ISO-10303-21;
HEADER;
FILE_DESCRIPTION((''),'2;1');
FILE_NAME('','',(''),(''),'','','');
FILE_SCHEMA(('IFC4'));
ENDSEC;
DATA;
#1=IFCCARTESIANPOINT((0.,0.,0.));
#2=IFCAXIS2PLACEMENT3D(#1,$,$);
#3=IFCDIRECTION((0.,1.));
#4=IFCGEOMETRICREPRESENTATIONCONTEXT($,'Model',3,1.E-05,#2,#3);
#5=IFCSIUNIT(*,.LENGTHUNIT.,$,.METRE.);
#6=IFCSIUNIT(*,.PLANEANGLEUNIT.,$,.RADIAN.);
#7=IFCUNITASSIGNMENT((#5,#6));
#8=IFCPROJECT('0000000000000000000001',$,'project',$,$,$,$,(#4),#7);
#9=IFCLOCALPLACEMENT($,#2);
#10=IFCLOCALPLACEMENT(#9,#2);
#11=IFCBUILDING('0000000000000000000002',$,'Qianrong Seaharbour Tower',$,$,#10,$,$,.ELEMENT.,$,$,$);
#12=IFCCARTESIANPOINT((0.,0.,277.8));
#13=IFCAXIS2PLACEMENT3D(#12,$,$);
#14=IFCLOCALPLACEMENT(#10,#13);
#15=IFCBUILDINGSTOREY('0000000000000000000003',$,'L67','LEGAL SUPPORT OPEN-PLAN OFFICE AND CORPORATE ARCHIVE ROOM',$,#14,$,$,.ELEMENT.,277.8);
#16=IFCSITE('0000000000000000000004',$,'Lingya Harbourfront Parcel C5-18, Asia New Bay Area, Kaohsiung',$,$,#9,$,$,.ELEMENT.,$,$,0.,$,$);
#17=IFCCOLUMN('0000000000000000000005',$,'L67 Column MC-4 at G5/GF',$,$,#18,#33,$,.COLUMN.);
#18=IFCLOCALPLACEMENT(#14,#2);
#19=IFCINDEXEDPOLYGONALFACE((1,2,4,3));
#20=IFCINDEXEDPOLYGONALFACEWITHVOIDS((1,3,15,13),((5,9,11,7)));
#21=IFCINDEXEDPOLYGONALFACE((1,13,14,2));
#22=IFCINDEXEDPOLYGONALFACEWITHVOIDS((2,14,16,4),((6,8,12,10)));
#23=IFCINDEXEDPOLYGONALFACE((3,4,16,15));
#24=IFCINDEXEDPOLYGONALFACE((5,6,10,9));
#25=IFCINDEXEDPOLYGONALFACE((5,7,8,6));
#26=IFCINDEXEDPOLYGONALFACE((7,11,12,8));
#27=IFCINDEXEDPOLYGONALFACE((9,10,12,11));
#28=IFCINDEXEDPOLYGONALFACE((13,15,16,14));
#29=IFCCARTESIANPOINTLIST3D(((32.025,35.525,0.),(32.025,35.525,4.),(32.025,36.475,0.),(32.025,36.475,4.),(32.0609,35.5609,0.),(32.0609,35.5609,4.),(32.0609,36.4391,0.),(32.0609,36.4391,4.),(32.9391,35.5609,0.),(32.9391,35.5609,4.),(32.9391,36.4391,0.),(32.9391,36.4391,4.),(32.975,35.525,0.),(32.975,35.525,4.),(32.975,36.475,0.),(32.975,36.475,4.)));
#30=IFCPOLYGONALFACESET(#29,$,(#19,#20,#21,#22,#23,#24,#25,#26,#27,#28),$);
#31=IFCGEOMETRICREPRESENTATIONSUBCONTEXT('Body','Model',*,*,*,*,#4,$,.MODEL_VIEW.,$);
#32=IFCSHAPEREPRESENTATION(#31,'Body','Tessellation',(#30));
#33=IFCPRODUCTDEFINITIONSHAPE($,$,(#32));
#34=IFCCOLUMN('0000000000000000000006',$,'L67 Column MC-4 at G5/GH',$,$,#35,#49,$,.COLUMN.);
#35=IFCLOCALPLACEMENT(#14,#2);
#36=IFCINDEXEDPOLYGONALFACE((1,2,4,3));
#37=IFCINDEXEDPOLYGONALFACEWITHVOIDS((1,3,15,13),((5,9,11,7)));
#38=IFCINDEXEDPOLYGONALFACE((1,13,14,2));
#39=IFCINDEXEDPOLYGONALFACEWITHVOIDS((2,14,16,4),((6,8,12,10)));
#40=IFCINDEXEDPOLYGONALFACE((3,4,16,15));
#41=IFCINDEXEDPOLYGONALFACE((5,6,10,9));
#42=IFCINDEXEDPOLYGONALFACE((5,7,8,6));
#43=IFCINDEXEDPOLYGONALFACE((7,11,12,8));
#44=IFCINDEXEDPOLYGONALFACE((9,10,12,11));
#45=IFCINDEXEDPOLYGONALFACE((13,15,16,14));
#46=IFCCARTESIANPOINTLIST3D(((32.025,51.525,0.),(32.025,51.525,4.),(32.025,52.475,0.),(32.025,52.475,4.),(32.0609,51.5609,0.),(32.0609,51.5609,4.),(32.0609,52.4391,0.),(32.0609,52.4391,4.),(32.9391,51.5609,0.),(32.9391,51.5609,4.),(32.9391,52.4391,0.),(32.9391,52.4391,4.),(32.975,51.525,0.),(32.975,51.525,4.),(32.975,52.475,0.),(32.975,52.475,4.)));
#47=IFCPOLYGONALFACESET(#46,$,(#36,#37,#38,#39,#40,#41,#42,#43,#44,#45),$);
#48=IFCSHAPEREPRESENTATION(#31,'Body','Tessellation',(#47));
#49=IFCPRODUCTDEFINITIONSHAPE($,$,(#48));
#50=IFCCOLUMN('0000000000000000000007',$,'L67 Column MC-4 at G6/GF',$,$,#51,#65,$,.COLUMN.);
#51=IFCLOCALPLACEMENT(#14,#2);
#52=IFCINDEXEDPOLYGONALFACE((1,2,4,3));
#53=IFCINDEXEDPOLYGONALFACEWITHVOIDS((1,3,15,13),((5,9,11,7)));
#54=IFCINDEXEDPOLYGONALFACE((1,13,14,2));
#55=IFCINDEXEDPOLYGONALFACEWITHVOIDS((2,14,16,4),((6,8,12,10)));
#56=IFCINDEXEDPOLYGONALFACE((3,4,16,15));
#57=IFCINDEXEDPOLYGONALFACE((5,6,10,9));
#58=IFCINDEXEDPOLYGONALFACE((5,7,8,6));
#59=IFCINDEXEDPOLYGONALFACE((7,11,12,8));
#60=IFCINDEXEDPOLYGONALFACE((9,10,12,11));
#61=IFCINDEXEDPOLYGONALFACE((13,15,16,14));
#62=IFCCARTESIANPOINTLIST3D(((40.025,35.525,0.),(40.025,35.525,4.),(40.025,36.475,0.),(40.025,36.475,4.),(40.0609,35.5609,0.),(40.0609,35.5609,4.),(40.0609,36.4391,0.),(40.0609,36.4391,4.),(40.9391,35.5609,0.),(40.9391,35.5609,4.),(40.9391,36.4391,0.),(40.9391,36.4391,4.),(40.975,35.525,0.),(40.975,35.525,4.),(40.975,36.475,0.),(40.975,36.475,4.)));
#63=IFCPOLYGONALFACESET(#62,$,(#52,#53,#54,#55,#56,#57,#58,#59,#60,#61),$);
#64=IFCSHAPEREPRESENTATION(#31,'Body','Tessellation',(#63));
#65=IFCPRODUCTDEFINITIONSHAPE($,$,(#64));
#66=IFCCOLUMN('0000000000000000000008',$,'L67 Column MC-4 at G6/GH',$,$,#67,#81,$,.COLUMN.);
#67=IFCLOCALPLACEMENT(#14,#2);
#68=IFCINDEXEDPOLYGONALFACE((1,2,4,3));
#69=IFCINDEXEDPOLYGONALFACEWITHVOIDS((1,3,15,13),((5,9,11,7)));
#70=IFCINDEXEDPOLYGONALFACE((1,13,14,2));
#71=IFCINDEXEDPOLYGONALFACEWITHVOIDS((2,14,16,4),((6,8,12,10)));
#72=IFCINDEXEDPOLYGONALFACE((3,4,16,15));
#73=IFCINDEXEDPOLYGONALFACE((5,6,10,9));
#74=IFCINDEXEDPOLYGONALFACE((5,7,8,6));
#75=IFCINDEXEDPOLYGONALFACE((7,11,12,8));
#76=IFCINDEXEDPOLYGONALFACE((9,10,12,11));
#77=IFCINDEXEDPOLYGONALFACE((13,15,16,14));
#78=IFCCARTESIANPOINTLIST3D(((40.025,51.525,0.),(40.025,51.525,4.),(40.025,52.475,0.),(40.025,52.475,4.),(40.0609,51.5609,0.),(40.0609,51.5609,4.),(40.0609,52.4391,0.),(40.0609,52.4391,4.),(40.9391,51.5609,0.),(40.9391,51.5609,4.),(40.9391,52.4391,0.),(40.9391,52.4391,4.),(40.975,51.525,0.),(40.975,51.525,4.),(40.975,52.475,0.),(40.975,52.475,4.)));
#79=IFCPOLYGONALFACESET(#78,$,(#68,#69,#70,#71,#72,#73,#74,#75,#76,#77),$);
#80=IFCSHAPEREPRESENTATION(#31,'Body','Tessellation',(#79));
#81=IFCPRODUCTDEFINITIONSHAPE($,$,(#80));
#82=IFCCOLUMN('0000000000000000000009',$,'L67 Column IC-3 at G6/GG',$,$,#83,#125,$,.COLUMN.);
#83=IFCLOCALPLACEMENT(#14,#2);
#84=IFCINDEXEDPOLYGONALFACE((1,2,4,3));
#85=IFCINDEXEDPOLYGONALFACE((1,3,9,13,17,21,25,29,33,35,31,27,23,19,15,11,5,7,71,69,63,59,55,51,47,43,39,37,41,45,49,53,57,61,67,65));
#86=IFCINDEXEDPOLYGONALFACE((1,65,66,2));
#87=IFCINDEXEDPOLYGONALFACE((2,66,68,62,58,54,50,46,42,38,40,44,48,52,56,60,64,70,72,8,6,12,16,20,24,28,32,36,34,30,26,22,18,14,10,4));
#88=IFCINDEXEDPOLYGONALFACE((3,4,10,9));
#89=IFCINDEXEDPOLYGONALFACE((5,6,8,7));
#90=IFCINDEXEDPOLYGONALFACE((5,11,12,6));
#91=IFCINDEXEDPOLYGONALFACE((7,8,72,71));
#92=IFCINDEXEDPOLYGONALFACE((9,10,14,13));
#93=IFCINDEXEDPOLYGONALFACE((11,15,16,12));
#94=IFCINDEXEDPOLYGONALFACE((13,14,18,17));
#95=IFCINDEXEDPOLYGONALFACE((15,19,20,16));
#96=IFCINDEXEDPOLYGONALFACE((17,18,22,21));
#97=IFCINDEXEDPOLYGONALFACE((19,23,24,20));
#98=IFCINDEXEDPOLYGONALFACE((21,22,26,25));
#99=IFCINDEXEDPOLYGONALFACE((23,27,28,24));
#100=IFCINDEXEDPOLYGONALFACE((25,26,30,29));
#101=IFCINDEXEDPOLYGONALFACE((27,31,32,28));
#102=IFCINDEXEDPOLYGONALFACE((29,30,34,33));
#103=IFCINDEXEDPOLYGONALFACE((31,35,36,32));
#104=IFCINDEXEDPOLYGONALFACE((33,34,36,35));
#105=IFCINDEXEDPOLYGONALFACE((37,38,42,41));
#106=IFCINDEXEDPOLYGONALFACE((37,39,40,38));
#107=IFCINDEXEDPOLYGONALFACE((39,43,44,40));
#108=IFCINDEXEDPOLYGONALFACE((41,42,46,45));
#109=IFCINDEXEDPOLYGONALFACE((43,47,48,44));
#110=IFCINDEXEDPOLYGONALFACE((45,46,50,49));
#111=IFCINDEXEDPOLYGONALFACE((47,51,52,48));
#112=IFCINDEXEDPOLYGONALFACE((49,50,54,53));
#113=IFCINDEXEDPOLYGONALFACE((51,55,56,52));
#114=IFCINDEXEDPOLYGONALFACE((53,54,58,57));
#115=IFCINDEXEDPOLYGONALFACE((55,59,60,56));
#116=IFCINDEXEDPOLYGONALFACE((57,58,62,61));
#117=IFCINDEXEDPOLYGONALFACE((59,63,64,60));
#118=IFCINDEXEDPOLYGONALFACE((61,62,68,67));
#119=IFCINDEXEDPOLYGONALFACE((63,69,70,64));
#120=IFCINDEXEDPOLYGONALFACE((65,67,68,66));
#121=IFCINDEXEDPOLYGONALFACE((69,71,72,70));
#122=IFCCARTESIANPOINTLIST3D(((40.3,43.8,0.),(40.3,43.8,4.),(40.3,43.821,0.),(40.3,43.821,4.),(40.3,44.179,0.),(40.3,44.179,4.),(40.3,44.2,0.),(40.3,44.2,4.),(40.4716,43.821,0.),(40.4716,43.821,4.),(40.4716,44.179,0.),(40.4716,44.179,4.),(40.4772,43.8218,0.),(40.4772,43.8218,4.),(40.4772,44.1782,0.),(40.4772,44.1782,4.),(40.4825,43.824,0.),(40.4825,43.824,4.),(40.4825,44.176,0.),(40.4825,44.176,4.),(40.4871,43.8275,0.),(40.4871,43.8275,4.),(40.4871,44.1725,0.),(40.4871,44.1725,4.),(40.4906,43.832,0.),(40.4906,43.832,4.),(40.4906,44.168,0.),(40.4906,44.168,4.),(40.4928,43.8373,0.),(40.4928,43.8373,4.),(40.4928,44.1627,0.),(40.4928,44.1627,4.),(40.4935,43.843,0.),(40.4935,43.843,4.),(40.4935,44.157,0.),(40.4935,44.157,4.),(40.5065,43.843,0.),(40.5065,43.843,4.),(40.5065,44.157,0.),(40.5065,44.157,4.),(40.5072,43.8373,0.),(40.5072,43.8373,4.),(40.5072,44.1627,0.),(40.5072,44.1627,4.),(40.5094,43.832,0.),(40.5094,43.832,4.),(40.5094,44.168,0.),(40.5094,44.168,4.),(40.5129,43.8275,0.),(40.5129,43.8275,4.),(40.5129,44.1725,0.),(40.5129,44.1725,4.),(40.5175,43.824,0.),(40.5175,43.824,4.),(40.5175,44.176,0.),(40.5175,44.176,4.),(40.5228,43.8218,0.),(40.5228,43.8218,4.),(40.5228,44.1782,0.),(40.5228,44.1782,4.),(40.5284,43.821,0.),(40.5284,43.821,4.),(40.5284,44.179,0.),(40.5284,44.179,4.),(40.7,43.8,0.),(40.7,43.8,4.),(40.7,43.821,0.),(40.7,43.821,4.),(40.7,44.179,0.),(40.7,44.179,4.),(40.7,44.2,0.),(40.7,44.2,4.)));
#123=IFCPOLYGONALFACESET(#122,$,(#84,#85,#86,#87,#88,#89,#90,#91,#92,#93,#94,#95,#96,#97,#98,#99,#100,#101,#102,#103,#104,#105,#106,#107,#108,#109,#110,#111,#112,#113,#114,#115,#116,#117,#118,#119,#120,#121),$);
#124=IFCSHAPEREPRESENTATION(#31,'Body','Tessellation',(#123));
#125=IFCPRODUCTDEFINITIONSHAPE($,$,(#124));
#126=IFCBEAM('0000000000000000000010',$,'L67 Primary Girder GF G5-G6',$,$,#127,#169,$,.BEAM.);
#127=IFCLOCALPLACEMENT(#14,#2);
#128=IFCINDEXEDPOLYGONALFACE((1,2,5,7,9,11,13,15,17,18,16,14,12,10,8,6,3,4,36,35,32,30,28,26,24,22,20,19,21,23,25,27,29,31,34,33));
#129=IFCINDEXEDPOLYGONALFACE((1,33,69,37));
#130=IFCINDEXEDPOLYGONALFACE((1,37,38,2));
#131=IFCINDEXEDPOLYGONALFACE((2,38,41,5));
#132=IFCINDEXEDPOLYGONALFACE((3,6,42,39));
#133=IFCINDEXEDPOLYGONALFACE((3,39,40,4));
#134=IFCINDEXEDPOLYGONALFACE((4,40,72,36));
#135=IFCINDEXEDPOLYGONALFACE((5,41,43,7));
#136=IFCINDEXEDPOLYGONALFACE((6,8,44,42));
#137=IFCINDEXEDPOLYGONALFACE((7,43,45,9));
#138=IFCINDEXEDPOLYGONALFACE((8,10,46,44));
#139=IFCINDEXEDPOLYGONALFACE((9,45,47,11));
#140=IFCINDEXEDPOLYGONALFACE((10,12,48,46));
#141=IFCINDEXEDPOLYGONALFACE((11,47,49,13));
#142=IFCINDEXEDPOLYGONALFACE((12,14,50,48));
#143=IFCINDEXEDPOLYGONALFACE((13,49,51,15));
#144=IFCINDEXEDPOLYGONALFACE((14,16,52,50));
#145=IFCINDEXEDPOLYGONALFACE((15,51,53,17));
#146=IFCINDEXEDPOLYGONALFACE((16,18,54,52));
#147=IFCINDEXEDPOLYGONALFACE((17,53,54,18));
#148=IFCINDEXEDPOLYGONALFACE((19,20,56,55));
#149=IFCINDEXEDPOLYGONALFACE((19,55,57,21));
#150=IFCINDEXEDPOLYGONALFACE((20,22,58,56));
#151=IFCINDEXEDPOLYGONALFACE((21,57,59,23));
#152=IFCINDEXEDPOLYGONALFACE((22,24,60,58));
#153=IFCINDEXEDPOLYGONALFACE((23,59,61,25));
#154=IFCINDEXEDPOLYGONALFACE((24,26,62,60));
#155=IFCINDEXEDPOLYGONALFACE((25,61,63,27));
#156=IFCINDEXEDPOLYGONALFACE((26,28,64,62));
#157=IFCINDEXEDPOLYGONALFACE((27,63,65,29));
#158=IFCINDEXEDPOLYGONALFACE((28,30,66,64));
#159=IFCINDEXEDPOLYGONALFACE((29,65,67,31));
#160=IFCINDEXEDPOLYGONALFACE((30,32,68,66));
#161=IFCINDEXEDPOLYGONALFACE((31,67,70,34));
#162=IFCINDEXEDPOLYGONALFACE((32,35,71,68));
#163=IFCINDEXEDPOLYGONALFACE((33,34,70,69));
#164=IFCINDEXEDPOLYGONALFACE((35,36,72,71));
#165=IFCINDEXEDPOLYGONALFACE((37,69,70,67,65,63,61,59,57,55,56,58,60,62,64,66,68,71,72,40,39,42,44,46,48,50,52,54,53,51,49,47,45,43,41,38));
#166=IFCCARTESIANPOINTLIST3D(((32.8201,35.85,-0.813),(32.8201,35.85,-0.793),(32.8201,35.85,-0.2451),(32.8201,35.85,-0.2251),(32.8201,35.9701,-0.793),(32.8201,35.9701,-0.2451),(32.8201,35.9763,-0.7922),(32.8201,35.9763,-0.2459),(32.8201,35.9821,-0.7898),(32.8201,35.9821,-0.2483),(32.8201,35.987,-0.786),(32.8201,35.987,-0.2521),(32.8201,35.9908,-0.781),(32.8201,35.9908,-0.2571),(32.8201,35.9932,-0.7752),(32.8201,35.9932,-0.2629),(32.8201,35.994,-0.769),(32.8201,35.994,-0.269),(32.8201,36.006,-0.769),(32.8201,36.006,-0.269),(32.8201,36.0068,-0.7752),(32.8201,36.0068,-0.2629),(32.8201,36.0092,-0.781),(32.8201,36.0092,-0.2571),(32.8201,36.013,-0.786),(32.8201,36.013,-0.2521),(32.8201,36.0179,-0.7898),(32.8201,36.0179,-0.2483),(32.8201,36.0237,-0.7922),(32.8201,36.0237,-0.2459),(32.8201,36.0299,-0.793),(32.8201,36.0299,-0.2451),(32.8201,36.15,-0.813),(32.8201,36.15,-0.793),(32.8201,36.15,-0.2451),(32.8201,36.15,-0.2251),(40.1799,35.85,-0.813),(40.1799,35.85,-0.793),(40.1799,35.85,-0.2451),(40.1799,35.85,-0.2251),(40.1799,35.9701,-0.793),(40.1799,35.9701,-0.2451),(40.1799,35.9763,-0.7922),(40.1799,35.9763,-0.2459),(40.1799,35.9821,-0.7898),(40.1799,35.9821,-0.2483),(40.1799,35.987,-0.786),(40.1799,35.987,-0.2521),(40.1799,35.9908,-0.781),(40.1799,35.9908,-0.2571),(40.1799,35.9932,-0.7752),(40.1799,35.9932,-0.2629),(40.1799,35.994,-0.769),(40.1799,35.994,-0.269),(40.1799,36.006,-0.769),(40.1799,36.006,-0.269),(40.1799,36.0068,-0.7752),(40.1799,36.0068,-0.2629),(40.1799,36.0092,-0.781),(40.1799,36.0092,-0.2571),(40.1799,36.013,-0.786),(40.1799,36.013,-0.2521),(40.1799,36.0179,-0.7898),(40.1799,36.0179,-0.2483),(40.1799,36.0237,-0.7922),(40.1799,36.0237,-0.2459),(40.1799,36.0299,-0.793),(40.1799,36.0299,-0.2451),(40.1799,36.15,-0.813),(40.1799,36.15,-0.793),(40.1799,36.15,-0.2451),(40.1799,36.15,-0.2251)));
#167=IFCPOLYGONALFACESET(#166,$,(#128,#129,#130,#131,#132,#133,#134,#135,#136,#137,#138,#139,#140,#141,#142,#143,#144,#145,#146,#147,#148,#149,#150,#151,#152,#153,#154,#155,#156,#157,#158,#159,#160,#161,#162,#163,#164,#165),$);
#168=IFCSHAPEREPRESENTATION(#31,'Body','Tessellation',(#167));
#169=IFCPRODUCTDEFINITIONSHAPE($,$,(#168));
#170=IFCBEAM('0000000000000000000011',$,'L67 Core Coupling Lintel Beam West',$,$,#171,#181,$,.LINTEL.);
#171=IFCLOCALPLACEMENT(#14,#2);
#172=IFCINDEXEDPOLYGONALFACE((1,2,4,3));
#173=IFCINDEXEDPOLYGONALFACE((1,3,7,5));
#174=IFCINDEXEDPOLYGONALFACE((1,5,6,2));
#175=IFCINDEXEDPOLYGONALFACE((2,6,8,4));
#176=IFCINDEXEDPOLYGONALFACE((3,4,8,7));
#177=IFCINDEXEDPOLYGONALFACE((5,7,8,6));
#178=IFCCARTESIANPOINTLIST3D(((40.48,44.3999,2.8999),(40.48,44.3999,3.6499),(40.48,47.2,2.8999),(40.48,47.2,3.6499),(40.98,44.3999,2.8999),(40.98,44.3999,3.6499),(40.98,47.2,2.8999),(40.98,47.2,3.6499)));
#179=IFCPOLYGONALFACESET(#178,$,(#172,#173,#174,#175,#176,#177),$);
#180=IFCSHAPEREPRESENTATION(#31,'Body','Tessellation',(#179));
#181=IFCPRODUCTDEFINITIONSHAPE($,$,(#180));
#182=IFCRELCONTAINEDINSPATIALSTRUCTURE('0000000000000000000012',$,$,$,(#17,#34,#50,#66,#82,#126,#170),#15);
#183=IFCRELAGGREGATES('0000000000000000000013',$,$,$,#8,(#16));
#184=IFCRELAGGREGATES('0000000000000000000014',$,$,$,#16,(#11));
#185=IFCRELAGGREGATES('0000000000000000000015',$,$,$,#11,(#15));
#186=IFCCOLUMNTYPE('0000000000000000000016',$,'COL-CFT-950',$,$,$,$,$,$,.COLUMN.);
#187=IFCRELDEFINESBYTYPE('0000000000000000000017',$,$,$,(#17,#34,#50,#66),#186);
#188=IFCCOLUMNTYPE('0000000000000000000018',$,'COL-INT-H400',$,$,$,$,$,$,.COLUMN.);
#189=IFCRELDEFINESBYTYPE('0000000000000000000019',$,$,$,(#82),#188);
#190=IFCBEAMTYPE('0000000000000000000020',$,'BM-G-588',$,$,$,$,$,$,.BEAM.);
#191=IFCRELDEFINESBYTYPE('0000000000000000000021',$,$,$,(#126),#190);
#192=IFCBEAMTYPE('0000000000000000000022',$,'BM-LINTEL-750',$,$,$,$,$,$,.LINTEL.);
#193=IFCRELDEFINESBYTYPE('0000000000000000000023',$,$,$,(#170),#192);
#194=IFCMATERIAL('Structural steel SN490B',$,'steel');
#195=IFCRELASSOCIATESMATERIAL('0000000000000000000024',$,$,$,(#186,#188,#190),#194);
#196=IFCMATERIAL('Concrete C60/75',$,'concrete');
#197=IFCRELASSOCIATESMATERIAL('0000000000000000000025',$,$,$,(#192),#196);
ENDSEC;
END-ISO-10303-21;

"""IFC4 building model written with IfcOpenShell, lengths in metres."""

from ifc_helpers import new_model, si_unit, direction, frame, origin, origin_2d, place, context, subcontext, project, spatial, rectangle, hollow_rectangle, i_section, extrude, material, material_profile, profile_set, type_object, element, save


model = new_model("IFC4")

# Units and contexts
model_context = context("Model", 3, precision=1e-05, world=origin(), true_north=direction((0.0, 1.0)))
body_context = subcontext(model_context, "Body", "Model", "MODEL_VIEW")
ifc_project = project(units=[si_unit("LENGTHUNIT", "METRE"), si_unit("PLANEANGLEUNIT", "RADIAN")], contexts=[model_context])

# Site, building, storey
site_placement = place(None, origin())
site = spatial("IfcSite", under=ifc_project, at=site_placement, Name="Lingya Harbourfront Parcel C5-18, Asia New Bay Area, Kaohsiung", CompositionType="ELEMENT", RefElevation=0.0)
building_placement = place(site_placement, origin())
building = spatial("IfcBuilding", under=site, at=building_placement, Name="Qianrong Seaharbour Tower", CompositionType="ELEMENT")
storey_placement = place(building_placement, frame((0.0, 0.0, 277.8)))
storey = spatial("IfcBuildingStorey", under=building, at=storey_placement, Name="L67", Description="LEGAL SUPPORT OPEN-PLAN OFFICE AND CORPORATE ARCHIVE ROOM", CompositionType="ELEMENT", Elevation=277.8)

# Columns
ifc_material_1 = material(Name="Structural steel SN490B", Category="steel")
ifc_material_profile_1 = material_profile(ifc_material_1, hollow_rectangle(XDim=0.95, YDim=0.95, WallThickness=0.0359, at=origin_2d()), Name="BOX950x950x36")
ifc_profile_set_1 = profile_set([ifc_material_profile_1], Name="Structural steel SN490B")
column_type_1 = type_object("IfcColumnType", Name="COL-CFT-950", PredefinedType="COLUMN", material=ifc_profile_set_1)
for number, where, z_axis, x_axis, name in (
    (1, (32.5, 36.0, 0.0), (0.0, 0.0, 1.0), (1.0, 0.0, 0.0), "L67 Column MC-4 at G5/GF"),
    (2, (32.5, 52.0, 0.0), (0.0, 0.0, 1.0), (1.0, 0.0, 0.0), "L67 Column MC-4 at G5/GH"),
    (3, (40.5, 36.0, 0.0), (0.0, 0.0, 1.0), (1.0, 0.0, 0.0), "L67 Column MC-4 at G6/GF"),
    (4, (40.5, 52.0, 0.0), (0.0, 0.0, 1.0), (1.0, 0.0, 0.0), "L67 Column MC-4 at G6/GH"),
):
    element("IfcColumn", number, at=place(storey_placement, frame(where, z_axis=z_axis, x_axis=x_axis)), inside=storey, type_object=column_type_1, Name=name, PredefinedType="COLUMN", context=body_context, shape_type="SweptSolid", body=[
        extrude(hollow_rectangle(XDim=0.95, YDim=0.95, WallThickness=0.0359, at=origin_2d()), origin(), (0.0, 0.0, 1.0), 4.0),
    ])
ifc_material_profile_2 = material_profile(ifc_material_1, i_section(OverallWidth=0.3999, OverallDepth=0.3999, WebThickness=0.0129, FlangeThickness=0.021, FilletRadius=0.022, at=origin_2d()), Name="H400x400x13x21")
ifc_profile_set_2 = profile_set([ifc_material_profile_2], Name="Structural steel SN490B")
column_type_2 = type_object("IfcColumnType", Name="COL-INT-H400", PredefinedType="COLUMN", material=ifc_profile_set_2)
column_placement = place(storey_placement, frame((40.5, 44.0, 0.0), z_axis=(0.0, 0.0, 1.0), x_axis=(1.0, 0.0, 0.0)))
element("IfcColumn", 5, at=column_placement, inside=storey, type_object=column_type_2, Name="L67 Column IC-3 at G6/GG", PredefinedType="COLUMN", context=body_context, shape_type="SweptSolid", body=[
    extrude(i_section(OverallWidth=0.3999, OverallDepth=0.3999, WebThickness=0.0129, FlangeThickness=0.021, FilletRadius=0.022, at=origin_2d()), origin(), (0.0, 0.0, 1.0), 4.0),
])

# Beams
ifc_material_profile_3 = material_profile(ifc_material_1, i_section(OverallWidth=0.3, OverallDepth=0.5879, WebThickness=0.012, FlangeThickness=0.02, FilletRadius=0.0239, at=origin_2d()), Name="H588x300x12x20")
ifc_profile_set_3 = profile_set([ifc_material_profile_3], Name="Structural steel SN490B")
beam_type_1 = type_object("IfcBeamType", Name="BM-G-588", PredefinedType="BEAM", material=ifc_profile_set_3)
beam_1_placement = place(storey_placement, frame((32.8201, 36.0, -0.519), z_axis=(1.0, 0.0, 0.0), x_axis=(0.0, 1.0, 0.0)))
element("IfcBeam", 6, at=beam_1_placement, inside=storey, type_object=beam_type_1, Name="L67 Primary Girder GF G5-G6", PredefinedType="BEAM", context=body_context, shape_type="SweptSolid", body=[
    extrude(i_section(OverallWidth=0.3, OverallDepth=0.5879, WebThickness=0.012, FlangeThickness=0.02, FilletRadius=0.0239, at=origin_2d()), origin(), (0.0, 0.0, 1.0), 7.3599),
])
ifc_material_2 = material(Name="Concrete C60/75", Category="concrete")
ifc_material_profile_4 = material_profile(ifc_material_2, rectangle(XDim=0.5, YDim=0.75, at=origin_2d()), Name="RC500x750")
ifc_profile_set_4 = profile_set([ifc_material_profile_4], Name="Concrete C60/75")
beam_type_2 = type_object("IfcBeamType", Name="BM-LINTEL-750", PredefinedType="LINTEL", material=ifc_profile_set_4)
beam_2_placement = place(storey_placement, frame((40.73, 44.3999, 3.2749), z_axis=(0.0, 1.0, 0.0), x_axis=(-1.0, 0.0, 0.0)))
element("IfcBeam", 7, at=beam_2_placement, inside=storey, type_object=beam_type_2, Name="L67 Core Coupling Lintel Beam West", PredefinedType="LINTEL", context=body_context, shape_type="SweptSolid", body=[
    extrude(rectangle(XDim=0.5, YDim=0.75, at=origin_2d()), origin(), (0.0, 0.0, 1.0), 2.8),
])

save(model, "model.ifc")
